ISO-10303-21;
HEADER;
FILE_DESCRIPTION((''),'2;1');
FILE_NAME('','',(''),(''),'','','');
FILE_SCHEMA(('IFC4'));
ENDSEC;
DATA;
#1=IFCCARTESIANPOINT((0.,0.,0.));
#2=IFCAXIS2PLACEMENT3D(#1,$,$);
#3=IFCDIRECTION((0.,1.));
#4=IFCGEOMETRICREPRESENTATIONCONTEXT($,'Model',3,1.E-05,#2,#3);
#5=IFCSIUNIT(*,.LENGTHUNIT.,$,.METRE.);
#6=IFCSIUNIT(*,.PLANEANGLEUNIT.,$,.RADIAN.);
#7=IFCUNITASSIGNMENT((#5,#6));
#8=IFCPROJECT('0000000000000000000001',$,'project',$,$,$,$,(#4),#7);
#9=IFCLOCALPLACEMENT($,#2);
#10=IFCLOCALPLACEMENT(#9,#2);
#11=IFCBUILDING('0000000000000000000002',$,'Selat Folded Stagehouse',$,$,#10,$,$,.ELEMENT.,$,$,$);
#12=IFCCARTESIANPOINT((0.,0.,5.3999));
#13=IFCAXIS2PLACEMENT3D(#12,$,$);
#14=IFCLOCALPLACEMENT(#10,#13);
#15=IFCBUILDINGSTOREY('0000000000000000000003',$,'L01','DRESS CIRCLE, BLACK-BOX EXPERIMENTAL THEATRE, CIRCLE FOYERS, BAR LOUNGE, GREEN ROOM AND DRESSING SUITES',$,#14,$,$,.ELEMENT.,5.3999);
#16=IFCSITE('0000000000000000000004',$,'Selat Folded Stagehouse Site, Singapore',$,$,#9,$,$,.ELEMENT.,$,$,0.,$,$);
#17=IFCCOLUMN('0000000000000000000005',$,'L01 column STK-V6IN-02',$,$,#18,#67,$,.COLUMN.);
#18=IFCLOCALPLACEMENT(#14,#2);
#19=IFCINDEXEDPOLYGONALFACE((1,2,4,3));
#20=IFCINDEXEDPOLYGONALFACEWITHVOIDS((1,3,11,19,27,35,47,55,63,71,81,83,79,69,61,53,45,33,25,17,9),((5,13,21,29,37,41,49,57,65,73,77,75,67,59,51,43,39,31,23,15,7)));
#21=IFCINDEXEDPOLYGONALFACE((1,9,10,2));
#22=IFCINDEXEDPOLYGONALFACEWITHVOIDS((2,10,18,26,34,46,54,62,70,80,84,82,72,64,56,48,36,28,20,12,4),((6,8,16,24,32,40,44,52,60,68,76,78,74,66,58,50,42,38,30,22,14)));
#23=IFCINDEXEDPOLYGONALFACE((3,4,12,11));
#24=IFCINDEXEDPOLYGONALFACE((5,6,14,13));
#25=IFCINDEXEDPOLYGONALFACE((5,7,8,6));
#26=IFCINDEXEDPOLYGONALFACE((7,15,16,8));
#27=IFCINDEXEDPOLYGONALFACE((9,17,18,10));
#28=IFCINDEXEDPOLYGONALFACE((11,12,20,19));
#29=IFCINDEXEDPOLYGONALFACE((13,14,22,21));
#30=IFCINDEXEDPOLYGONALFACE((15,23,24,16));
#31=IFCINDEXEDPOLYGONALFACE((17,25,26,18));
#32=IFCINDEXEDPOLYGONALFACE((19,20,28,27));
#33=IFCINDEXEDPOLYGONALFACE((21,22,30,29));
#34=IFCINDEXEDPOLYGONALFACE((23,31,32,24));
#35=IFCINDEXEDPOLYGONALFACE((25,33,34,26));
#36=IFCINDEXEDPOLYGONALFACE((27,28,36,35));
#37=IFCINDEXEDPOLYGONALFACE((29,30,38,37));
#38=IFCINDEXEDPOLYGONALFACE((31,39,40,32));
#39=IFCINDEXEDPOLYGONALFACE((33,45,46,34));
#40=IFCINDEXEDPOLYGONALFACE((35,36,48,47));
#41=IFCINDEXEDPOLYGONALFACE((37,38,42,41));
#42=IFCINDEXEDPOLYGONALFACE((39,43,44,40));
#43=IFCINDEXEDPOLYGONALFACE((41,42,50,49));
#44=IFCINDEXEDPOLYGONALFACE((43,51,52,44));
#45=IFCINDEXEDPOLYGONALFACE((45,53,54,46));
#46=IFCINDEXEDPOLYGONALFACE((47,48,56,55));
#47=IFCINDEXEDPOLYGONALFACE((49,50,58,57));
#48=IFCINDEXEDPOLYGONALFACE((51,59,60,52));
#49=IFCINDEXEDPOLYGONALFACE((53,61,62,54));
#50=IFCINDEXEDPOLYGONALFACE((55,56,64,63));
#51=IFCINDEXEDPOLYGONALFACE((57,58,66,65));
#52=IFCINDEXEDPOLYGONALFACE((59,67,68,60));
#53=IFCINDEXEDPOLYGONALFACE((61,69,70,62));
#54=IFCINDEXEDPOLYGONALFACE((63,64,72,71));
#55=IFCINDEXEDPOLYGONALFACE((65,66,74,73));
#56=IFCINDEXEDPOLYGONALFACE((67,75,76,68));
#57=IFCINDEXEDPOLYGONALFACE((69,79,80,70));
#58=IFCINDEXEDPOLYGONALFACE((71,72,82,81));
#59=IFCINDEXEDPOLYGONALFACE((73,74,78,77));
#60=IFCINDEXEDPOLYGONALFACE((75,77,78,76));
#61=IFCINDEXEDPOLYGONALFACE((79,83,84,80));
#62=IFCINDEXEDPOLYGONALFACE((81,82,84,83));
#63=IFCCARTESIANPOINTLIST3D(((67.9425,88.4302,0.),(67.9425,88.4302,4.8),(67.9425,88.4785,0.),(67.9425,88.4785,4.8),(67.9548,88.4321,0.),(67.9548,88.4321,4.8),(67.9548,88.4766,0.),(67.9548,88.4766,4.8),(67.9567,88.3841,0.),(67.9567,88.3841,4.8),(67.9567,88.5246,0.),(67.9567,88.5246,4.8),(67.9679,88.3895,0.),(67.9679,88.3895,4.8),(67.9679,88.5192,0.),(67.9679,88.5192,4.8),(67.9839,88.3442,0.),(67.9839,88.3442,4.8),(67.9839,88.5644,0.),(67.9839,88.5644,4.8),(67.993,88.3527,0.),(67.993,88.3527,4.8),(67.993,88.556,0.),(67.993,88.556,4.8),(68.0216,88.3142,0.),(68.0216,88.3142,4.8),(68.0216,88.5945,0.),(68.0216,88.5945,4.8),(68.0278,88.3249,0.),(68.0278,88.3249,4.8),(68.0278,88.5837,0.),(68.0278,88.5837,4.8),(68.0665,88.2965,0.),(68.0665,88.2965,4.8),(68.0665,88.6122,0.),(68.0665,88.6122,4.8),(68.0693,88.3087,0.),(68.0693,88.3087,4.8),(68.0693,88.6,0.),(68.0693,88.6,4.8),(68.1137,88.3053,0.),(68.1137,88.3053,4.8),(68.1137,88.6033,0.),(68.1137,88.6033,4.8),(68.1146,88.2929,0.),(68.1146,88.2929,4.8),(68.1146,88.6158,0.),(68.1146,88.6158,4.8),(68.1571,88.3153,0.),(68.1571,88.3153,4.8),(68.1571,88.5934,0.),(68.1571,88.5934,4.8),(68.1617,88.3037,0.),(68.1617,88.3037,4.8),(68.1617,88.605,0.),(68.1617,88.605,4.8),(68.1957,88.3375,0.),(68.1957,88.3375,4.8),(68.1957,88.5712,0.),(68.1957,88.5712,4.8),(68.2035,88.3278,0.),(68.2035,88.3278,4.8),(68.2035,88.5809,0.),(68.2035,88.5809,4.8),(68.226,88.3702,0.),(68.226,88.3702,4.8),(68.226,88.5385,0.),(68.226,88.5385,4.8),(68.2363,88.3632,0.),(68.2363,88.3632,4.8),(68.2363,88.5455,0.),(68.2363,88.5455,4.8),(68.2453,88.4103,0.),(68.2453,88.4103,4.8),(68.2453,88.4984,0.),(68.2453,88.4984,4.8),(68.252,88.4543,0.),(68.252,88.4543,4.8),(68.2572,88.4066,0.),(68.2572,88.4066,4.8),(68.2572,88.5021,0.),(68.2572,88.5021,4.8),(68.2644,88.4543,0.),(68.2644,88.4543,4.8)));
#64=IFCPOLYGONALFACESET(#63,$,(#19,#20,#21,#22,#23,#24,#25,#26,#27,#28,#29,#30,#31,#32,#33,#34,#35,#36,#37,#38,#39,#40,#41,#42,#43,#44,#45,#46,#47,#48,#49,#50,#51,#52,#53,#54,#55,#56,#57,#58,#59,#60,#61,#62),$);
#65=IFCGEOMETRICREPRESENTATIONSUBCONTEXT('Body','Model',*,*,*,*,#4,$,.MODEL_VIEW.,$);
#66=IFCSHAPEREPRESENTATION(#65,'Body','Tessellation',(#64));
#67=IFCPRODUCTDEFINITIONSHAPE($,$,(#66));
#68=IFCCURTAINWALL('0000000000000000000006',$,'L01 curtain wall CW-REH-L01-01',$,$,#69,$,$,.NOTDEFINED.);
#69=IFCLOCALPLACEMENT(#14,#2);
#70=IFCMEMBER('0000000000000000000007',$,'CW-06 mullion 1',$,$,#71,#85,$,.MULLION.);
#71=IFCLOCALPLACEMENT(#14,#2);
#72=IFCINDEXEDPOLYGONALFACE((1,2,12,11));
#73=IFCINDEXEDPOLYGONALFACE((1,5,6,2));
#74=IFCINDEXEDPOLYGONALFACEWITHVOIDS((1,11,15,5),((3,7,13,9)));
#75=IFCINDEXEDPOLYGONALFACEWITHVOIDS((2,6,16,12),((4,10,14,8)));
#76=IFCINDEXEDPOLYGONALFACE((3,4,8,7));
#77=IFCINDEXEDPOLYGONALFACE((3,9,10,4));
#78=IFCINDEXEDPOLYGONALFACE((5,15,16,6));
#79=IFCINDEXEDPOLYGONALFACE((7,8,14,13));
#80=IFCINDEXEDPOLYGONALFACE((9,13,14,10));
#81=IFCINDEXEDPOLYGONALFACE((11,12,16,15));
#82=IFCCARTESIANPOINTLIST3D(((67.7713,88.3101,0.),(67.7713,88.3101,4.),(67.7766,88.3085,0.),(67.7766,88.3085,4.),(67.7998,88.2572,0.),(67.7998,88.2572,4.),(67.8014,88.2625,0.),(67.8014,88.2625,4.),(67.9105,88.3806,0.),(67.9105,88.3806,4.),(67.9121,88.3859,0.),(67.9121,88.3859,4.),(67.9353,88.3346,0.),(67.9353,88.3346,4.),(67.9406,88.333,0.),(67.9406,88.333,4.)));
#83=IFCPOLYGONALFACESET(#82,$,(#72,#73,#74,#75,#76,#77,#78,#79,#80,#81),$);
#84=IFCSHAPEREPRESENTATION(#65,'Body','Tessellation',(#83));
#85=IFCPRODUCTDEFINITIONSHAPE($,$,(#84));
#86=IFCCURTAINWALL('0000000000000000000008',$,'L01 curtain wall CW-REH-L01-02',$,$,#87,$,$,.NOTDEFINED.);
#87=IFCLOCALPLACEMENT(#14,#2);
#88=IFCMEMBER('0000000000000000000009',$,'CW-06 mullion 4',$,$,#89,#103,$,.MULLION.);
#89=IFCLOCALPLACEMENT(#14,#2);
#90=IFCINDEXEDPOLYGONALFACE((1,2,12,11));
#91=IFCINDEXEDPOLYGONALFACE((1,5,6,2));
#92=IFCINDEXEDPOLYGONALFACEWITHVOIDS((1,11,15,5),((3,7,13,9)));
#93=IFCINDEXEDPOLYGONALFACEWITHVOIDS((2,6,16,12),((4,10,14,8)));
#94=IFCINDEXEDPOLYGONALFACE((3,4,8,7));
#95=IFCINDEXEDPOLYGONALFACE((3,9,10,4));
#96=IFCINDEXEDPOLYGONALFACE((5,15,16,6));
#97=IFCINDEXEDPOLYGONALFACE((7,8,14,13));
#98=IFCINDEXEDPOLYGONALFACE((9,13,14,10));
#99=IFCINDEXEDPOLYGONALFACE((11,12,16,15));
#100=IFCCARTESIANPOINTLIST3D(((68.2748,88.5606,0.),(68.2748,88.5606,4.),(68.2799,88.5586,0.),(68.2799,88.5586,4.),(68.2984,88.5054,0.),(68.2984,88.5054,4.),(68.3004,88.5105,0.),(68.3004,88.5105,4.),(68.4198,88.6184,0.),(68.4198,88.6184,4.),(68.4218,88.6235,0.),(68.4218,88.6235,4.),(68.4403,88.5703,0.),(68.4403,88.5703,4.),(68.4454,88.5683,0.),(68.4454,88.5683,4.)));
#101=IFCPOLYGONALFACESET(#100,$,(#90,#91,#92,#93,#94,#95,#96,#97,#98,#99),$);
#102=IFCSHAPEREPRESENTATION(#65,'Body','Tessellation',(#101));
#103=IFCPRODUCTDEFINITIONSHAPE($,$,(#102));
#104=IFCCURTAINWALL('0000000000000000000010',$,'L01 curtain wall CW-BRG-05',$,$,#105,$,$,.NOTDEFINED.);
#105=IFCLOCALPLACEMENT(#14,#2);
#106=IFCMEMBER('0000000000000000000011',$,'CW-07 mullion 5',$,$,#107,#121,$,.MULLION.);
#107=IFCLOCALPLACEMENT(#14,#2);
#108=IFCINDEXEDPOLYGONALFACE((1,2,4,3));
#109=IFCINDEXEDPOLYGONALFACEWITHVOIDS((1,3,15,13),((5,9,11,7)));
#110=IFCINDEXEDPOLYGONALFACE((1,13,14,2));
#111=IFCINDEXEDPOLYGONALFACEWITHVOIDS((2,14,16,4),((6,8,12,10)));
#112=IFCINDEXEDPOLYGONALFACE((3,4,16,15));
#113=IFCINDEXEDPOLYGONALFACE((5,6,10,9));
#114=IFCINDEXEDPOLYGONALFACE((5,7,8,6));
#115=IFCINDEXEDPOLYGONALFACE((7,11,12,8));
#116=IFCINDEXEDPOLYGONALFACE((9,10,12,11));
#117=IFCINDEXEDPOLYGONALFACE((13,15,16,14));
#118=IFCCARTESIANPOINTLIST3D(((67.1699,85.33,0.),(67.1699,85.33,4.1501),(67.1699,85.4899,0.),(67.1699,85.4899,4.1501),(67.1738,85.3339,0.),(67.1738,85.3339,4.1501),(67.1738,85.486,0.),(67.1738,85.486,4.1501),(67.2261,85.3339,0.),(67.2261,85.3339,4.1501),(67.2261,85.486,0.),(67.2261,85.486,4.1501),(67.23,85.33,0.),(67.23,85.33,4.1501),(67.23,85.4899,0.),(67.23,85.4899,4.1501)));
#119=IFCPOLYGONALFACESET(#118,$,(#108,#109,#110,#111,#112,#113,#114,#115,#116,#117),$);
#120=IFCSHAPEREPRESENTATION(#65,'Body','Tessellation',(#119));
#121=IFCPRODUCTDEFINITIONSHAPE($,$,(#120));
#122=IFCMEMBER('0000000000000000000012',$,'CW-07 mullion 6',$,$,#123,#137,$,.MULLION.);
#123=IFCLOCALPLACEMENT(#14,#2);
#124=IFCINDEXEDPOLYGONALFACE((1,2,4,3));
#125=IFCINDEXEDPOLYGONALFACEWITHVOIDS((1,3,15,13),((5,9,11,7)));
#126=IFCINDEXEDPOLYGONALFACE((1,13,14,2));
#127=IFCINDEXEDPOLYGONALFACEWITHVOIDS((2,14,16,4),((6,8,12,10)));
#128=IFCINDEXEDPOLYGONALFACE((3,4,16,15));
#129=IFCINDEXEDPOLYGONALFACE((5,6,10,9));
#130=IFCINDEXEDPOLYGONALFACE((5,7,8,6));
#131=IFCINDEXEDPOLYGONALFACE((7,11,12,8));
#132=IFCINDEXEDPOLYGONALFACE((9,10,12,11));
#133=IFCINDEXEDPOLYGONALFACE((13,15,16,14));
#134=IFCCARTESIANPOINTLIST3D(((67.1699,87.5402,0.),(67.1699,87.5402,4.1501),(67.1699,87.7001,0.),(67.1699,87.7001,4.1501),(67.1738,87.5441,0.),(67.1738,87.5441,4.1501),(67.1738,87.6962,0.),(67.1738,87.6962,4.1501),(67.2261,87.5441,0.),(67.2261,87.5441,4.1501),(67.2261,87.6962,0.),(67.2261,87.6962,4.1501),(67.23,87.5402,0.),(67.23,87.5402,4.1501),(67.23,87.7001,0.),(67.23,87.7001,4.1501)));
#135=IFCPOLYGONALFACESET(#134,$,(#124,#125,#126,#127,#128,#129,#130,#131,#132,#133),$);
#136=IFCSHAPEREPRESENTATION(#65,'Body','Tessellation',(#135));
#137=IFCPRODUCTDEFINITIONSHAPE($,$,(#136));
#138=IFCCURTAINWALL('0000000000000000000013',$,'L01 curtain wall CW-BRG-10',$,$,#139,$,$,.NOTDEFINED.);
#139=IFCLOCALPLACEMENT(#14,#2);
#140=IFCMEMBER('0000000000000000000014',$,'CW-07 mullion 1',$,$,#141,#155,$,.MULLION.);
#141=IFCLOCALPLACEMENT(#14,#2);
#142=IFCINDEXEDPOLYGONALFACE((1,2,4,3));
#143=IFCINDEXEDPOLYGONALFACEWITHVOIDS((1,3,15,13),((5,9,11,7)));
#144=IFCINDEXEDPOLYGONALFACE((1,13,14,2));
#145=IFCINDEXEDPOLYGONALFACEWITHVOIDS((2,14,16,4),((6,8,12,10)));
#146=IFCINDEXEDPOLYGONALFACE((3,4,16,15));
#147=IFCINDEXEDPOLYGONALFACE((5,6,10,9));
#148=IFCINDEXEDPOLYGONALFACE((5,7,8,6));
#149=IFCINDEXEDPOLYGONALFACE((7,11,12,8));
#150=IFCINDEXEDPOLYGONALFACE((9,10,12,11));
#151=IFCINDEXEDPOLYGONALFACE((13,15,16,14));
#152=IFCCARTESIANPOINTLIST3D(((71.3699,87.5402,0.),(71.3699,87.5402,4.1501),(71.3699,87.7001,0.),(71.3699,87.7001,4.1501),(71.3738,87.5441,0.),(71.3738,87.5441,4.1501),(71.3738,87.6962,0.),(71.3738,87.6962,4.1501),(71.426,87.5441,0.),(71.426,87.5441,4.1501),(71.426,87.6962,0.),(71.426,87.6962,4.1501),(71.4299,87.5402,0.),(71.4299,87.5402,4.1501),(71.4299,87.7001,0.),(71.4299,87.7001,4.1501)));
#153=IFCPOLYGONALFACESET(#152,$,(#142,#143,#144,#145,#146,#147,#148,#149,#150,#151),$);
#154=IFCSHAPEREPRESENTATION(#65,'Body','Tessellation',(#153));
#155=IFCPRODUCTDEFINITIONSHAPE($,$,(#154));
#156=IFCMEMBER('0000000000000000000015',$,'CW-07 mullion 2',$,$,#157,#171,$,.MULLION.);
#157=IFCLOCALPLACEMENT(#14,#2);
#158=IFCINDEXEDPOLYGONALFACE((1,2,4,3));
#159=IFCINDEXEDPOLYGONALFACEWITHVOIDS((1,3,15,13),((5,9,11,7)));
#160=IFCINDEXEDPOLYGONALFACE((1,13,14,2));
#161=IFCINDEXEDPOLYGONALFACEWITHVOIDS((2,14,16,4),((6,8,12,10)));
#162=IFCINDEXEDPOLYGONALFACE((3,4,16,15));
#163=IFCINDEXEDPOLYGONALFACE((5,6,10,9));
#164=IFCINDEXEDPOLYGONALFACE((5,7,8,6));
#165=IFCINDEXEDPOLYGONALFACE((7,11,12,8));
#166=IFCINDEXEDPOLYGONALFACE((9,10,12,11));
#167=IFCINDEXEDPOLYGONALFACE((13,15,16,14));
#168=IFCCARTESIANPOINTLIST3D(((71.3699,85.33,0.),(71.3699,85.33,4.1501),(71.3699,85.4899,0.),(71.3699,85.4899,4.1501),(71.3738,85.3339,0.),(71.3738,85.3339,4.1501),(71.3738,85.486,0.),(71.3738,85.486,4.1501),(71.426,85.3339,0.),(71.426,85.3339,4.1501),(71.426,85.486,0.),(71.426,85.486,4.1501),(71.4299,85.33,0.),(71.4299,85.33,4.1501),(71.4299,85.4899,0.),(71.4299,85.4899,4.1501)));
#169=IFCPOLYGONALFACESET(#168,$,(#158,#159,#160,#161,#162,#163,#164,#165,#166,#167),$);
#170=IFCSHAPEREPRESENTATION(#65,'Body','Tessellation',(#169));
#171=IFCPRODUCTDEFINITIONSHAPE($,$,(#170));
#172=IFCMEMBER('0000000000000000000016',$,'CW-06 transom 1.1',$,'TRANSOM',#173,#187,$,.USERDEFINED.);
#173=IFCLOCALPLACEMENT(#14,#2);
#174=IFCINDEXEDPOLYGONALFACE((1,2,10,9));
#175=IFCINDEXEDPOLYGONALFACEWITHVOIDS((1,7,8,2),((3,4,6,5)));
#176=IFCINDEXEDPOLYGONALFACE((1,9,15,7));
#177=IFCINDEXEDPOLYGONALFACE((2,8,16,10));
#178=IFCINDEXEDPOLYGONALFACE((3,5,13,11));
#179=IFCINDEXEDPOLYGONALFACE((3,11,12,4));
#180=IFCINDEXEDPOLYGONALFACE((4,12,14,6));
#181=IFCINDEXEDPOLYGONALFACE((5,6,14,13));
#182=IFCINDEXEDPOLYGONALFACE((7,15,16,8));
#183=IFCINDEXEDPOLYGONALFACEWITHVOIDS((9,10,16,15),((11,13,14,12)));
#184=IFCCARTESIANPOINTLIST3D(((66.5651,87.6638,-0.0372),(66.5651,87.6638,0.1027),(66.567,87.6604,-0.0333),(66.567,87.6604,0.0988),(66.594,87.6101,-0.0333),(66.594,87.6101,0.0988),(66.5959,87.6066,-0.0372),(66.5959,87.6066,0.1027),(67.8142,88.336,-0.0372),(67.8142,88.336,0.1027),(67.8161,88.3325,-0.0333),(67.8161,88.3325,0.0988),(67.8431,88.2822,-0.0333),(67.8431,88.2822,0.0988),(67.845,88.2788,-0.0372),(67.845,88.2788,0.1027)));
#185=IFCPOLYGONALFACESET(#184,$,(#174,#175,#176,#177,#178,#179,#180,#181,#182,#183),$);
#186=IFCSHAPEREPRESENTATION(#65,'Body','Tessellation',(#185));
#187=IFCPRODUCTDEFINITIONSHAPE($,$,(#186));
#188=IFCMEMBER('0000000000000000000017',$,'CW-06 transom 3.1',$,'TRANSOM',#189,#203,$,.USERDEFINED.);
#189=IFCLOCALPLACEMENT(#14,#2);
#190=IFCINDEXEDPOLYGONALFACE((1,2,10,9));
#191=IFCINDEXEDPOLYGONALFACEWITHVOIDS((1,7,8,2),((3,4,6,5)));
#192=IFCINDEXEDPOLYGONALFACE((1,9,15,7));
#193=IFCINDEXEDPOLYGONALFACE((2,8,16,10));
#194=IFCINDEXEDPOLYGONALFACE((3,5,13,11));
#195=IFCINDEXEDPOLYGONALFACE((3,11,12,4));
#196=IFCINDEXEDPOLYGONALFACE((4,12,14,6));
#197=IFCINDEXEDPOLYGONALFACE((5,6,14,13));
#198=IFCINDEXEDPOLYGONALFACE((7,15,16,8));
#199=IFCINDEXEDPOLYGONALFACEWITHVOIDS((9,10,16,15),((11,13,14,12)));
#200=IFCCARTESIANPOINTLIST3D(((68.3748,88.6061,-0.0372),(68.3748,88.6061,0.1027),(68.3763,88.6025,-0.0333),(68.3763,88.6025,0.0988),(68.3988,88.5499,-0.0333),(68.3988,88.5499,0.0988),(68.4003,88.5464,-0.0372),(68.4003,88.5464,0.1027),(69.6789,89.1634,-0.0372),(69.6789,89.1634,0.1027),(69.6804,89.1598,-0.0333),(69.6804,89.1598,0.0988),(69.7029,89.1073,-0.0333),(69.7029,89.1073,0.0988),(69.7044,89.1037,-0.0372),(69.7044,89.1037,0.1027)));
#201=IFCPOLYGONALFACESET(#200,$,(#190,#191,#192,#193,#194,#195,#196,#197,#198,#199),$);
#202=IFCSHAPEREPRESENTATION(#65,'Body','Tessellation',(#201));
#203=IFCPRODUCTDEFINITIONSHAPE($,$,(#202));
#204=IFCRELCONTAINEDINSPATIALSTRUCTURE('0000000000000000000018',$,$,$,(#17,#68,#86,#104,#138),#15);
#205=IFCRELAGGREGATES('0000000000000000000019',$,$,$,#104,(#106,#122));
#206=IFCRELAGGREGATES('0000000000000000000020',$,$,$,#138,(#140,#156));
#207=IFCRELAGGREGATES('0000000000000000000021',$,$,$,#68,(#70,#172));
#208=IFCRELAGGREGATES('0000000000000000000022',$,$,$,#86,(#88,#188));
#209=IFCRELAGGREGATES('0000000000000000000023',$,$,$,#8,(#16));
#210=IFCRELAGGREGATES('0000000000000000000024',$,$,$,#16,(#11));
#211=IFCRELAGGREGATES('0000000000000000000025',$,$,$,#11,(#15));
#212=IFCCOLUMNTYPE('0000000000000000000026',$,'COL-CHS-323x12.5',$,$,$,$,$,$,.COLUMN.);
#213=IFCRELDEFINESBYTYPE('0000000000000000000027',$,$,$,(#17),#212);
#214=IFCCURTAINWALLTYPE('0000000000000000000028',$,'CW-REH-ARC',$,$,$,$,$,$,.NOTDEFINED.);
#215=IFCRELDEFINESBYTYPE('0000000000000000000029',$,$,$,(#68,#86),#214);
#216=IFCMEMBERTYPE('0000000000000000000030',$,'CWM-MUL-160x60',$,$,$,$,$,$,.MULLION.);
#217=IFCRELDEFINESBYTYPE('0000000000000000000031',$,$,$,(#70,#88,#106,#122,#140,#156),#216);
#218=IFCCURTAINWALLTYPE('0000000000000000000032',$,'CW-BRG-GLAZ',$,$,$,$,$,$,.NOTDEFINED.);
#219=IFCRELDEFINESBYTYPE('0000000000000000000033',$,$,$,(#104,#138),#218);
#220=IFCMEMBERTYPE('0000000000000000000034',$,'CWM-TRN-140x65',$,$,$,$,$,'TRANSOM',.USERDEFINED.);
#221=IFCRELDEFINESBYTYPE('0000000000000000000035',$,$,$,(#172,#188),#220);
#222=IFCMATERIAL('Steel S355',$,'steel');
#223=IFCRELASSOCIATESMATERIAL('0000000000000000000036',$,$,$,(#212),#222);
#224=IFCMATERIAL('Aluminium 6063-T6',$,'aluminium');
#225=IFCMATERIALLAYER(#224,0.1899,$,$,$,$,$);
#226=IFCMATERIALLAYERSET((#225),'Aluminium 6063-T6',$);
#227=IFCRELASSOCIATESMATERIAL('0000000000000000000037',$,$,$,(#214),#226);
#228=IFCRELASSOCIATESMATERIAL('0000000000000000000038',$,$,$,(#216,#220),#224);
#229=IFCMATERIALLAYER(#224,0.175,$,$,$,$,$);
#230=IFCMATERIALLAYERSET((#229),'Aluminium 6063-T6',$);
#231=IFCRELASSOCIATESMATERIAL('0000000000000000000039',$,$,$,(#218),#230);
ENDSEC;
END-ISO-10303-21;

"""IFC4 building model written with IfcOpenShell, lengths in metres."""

from ifc_helpers import new_model, si_unit, direction, frame, origin, origin_2d, place, context, subcontext, project, spatial, hollow_rectangle, hollow_circle, extrude, material, layer, layer_set, material_profile, profile_set, type_object, element, aggregate, save


model = new_model("IFC4")

# Units and contexts
model_context = context("Model", 3, precision=1e-05, world=origin(), true_north=direction((0.0, 1.0)))
body_context = subcontext(model_context, "Body", "Model", "MODEL_VIEW")
ifc_project = project(units=[si_unit("LENGTHUNIT", "METRE"), si_unit("PLANEANGLEUNIT", "RADIAN")], contexts=[model_context])

# Site, building, storey
site_placement = place(None, origin())
site = spatial("IfcSite", under=ifc_project, at=site_placement, Name="Selat Folded Stagehouse Site, Singapore", CompositionType="ELEMENT", RefElevation=0.0)
building_placement = place(site_placement, origin())
building = spatial("IfcBuilding", under=site, at=building_placement, Name="Selat Folded Stagehouse", CompositionType="ELEMENT")
storey_placement = place(building_placement, frame((0.0, 0.0, 5.3999)))
storey = spatial("IfcBuildingStorey", under=building, at=storey_placement, Name="L01", Description="DRESS CIRCLE, BLACK-BOX EXPERIMENTAL THEATRE, CIRCLE FOYERS, BAR LOUNGE, GREEN ROOM AND DRESSING SUITES", CompositionType="ELEMENT", Elevation=5.3999)

# Column
ifc_material_1 = material(Name="Steel S355", Category="steel")
ifc_material_profile_1 = material_profile(ifc_material_1, hollow_circle(Radius=0.1619, WallThickness=0.0125, at=origin_2d()), Name="CHS 323.9x12.5")
ifc_profile_set_1 = profile_set([ifc_material_profile_1], Name="Steel S355")
column_type = type_object("IfcColumnType", Name="COL-CHS-323x12.5", PredefinedType="COLUMN", material=ifc_profile_set_1)
column_placement = place(storey_placement, frame((68.1025, 88.4543, 0.0), z_axis=(0.0, 0.0, 1.0), x_axis=(1.0, 0.0, 0.0)))
element("IfcColumn", 1, at=column_placement, inside=storey, type_object=column_type, Name="L01 column STK-V6IN-02", PredefinedType="COLUMN", context=body_context, shape_type="SweptSolid", body=[
    extrude(hollow_circle(Radius=0.1619, WallThickness=0.0125, at=origin_2d()), origin(), (0.0, 0.0, 1.0), 4.8),
])

# Curtain walls, members
ifc_material_2 = material(Name="Aluminium 6063-T6", Category="aluminium")
ifc_layer_1 = layer(ifc_material_2, 0.1899)
ifc_layer_set_1 = layer_set([ifc_layer_1], Name="Aluminium 6063-T6")
curtain_wall_type_1 = type_object("IfcCurtainWallType", Name="CW-REH-ARC", PredefinedType="NOTDEFINED", material=ifc_layer_set_1)
curtain_wall_1_placement = place(storey_placement, origin())
curtain_wall_1 = element("IfcCurtainWall", 2, at=curtain_wall_1_placement, inside=storey, type_object=curtain_wall_type_1, Name="L01 curtain wall CW-REH-L01-01", PredefinedType="NOTDEFINED")
ifc_material_profile_2 = material_profile(ifc_material_2, hollow_rectangle(XDim=0.0601, YDim=0.1599, WallThickness=0.0039, at=origin_2d()), Name="ALU 160x60x4.0")
ifc_profile_set_2 = profile_set([ifc_material_profile_2], Name="Aluminium 6063-T6")
member_type_1 = type_object("IfcMemberType", Name="CWM-MUL-160x60", PredefinedType="MULLION", material=ifc_profile_set_2)
member_1_placement = place(storey_placement, frame((67.856, 88.3215, 0.0), z_axis=(0.0, 0.0, 1.0), x_axis=(0.473859, -0.880601, 0.0)))
member_1 = element("IfcMember", 3, at=member_1_placement, type_object=member_type_1, Name="CW-06 mullion 1", PredefinedType="MULLION", context=body_context, shape_type="SweptSolid", body=[
    extrude(hollow_rectangle(XDim=0.0601, YDim=0.1599, WallThickness=0.0039, at=origin_2d()), origin(), (0.0, 0.0, 1.0), 4.0),
])
curtain_wall_2_placement = place(storey_placement, origin())
curtain_wall_2 = element("IfcCurtainWall", 4, at=curtain_wall_2_placement, inside=storey, type_object=curtain_wall_type_1, Name="L01 curtain wall CW-REH-L01-02", PredefinedType="NOTDEFINED")
member_2_placement = place(storey_placement, frame((68.3601, 88.5645, 0.0), z_axis=(0.0, 0.0, 1.0), x_axis=(0.393012, -0.919533, 0.0)))
member_2 = element("IfcMember", 5, at=member_2_placement, type_object=member_type_1, Name="CW-06 mullion 4", PredefinedType="MULLION", context=body_context, shape_type="SweptSolid", body=[
    extrude(hollow_rectangle(XDim=0.0601, YDim=0.1599, WallThickness=0.0039, at=origin_2d()), origin(), (0.0, 0.0, 1.0), 4.0),
])

# Curtain walls, members
ifc_layer_2 = layer(ifc_material_2, 0.175)
ifc_layer_set_2 = layer_set([ifc_layer_2], Name="Aluminium 6063-T6")
curtain_wall_type_2 = type_object("IfcCurtainWallType", Name="CW-BRG-GLAZ", PredefinedType="NOTDEFINED", material=ifc_layer_set_2)
curtain_wall_3_placement = place(storey_placement, origin())
curtain_wall_3 = element("IfcCurtainWall", 6, at=curtain_wall_3_placement, inside=storey, type_object=curtain_wall_type_2, Name="L01 curtain wall CW-BRG-05", PredefinedType="NOTDEFINED")
member_3_placement = place(storey_placement, frame((67.2, 85.4099, 0.0), z_axis=(0.0, 0.0, 1.0), x_axis=(-1.0, 0.0, 0.0)))
member_3 = element("IfcMember", 7, at=member_3_placement, type_object=member_type_1, Name="CW-07 mullion 5", PredefinedType="MULLION", context=body_context, shape_type="SweptSolid", body=[
    extrude(hollow_rectangle(XDim=0.0601, YDim=0.1599, WallThickness=0.0039, at=origin_2d()), origin(), (0.0, 0.0, 1.0), 4.1501),
])
member_4_placement = place(storey_placement, frame((67.2, 87.6201, 0.0), z_axis=(0.0, 0.0, 1.0), x_axis=(-1.0, 0.0, 0.0)))
member_4 = element("IfcMember", 8, at=member_4_placement, type_object=member_type_1, Name="CW-07 mullion 6", PredefinedType="MULLION", context=body_context, shape_type="SweptSolid", body=[
    extrude(hollow_rectangle(XDim=0.0601, YDim=0.1599, WallThickness=0.0039, at=origin_2d()), origin(), (0.0, 0.0, 1.0), 4.1501),
])
curtain_wall_4_placement = place(storey_placement, origin())
curtain_wall_4 = element("IfcCurtainWall", 9, at=curtain_wall_4_placement, inside=storey, type_object=curtain_wall_type_2, Name="L01 curtain wall CW-BRG-10", PredefinedType="NOTDEFINED")
member_5_placement = place(storey_placement, frame((71.3999, 87.6201, 0.0), z_axis=(0.0, 0.0, 1.0), x_axis=(1.0, 0.0, 0.0)))
member_5 = element("IfcMember", 10, at=member_5_placement, type_object=member_type_1, Name="CW-07 mullion 1", PredefinedType="MULLION", context=body_context, shape_type="SweptSolid", body=[
    extrude(hollow_rectangle(XDim=0.0601, YDim=0.1599, WallThickness=0.0039, at=origin_2d()), origin(), (0.0, 0.0, 1.0), 4.1501),
])
member_6_placement = place(storey_placement, frame((71.3999, 85.4099, 0.0), z_axis=(0.0, 0.0, 1.0), x_axis=(1.0, 0.0, 0.0)))
member_6 = element("IfcMember", 11, at=member_6_placement, type_object=member_type_1, Name="CW-07 mullion 2", PredefinedType="MULLION", context=body_context, shape_type="SweptSolid", body=[
    extrude(hollow_rectangle(XDim=0.0601, YDim=0.1599, WallThickness=0.0039, at=origin_2d()), origin(), (0.0, 0.0, 1.0), 4.1501),
])

# Members
ifc_material_profile_3 = material_profile(ifc_material_2, hollow_rectangle(XDim=0.0649, YDim=0.1399, WallThickness=0.0039, at=origin_2d()), Name="ALU 140x65x4.0")
ifc_profile_set_3 = profile_set([ifc_material_profile_3], Name="Aluminium 6063-T6")
member_type_2 = type_object("IfcMemberType", Name="CWM-TRN-140x65", ElementType="TRANSOM", PredefinedType="USERDEFINED", material=ifc_profile_set_3)
member_7_placement = place(storey_placement, frame((67.8296, 88.3074, 0.0327), z_axis=(-0.880598, -0.473864, 0.0), x_axis=(0.473864, -0.880598, 0.0)))
member_7 = element("IfcMember", 12, at=member_7_placement, type_object=member_type_2, Name="CW-06 transom 1.1", ObjectType="TRANSOM", PredefinedType="USERDEFINED", context=body_context, shape_type="SweptSolid", body=[
    extrude(hollow_rectangle(XDim=0.0649, YDim=0.1399, WallThickness=0.0039, at=origin_2d()), origin(), (0.0, 0.0, 1.0), 1.4185),
])
member_8_placement = place(storey_placement, frame((69.6917, 89.1335, 0.0327), z_axis=(-0.919545, -0.392984, 0.0), x_axis=(0.392984, -0.919545, 0.0)))
member_8 = element("IfcMember", 13, at=member_8_placement, type_object=member_type_2, Name="CW-06 transom 3.1", ObjectType="TRANSOM", PredefinedType="USERDEFINED", context=body_context, shape_type="SweptSolid", body=[
    extrude(hollow_rectangle(XDim=0.0649, YDim=0.1399, WallThickness=0.0039, at=origin_2d()), origin(), (0.0, 0.0, 1.0), 1.4182),
])

aggregate(curtain_wall_3, [member_3, member_4])
aggregate(curtain_wall_4, [member_5, member_6])
aggregate(curtain_wall_1, [member_1, member_7])
aggregate(curtain_wall_2, [member_2, member_8])

save(model, "model.ifc")
